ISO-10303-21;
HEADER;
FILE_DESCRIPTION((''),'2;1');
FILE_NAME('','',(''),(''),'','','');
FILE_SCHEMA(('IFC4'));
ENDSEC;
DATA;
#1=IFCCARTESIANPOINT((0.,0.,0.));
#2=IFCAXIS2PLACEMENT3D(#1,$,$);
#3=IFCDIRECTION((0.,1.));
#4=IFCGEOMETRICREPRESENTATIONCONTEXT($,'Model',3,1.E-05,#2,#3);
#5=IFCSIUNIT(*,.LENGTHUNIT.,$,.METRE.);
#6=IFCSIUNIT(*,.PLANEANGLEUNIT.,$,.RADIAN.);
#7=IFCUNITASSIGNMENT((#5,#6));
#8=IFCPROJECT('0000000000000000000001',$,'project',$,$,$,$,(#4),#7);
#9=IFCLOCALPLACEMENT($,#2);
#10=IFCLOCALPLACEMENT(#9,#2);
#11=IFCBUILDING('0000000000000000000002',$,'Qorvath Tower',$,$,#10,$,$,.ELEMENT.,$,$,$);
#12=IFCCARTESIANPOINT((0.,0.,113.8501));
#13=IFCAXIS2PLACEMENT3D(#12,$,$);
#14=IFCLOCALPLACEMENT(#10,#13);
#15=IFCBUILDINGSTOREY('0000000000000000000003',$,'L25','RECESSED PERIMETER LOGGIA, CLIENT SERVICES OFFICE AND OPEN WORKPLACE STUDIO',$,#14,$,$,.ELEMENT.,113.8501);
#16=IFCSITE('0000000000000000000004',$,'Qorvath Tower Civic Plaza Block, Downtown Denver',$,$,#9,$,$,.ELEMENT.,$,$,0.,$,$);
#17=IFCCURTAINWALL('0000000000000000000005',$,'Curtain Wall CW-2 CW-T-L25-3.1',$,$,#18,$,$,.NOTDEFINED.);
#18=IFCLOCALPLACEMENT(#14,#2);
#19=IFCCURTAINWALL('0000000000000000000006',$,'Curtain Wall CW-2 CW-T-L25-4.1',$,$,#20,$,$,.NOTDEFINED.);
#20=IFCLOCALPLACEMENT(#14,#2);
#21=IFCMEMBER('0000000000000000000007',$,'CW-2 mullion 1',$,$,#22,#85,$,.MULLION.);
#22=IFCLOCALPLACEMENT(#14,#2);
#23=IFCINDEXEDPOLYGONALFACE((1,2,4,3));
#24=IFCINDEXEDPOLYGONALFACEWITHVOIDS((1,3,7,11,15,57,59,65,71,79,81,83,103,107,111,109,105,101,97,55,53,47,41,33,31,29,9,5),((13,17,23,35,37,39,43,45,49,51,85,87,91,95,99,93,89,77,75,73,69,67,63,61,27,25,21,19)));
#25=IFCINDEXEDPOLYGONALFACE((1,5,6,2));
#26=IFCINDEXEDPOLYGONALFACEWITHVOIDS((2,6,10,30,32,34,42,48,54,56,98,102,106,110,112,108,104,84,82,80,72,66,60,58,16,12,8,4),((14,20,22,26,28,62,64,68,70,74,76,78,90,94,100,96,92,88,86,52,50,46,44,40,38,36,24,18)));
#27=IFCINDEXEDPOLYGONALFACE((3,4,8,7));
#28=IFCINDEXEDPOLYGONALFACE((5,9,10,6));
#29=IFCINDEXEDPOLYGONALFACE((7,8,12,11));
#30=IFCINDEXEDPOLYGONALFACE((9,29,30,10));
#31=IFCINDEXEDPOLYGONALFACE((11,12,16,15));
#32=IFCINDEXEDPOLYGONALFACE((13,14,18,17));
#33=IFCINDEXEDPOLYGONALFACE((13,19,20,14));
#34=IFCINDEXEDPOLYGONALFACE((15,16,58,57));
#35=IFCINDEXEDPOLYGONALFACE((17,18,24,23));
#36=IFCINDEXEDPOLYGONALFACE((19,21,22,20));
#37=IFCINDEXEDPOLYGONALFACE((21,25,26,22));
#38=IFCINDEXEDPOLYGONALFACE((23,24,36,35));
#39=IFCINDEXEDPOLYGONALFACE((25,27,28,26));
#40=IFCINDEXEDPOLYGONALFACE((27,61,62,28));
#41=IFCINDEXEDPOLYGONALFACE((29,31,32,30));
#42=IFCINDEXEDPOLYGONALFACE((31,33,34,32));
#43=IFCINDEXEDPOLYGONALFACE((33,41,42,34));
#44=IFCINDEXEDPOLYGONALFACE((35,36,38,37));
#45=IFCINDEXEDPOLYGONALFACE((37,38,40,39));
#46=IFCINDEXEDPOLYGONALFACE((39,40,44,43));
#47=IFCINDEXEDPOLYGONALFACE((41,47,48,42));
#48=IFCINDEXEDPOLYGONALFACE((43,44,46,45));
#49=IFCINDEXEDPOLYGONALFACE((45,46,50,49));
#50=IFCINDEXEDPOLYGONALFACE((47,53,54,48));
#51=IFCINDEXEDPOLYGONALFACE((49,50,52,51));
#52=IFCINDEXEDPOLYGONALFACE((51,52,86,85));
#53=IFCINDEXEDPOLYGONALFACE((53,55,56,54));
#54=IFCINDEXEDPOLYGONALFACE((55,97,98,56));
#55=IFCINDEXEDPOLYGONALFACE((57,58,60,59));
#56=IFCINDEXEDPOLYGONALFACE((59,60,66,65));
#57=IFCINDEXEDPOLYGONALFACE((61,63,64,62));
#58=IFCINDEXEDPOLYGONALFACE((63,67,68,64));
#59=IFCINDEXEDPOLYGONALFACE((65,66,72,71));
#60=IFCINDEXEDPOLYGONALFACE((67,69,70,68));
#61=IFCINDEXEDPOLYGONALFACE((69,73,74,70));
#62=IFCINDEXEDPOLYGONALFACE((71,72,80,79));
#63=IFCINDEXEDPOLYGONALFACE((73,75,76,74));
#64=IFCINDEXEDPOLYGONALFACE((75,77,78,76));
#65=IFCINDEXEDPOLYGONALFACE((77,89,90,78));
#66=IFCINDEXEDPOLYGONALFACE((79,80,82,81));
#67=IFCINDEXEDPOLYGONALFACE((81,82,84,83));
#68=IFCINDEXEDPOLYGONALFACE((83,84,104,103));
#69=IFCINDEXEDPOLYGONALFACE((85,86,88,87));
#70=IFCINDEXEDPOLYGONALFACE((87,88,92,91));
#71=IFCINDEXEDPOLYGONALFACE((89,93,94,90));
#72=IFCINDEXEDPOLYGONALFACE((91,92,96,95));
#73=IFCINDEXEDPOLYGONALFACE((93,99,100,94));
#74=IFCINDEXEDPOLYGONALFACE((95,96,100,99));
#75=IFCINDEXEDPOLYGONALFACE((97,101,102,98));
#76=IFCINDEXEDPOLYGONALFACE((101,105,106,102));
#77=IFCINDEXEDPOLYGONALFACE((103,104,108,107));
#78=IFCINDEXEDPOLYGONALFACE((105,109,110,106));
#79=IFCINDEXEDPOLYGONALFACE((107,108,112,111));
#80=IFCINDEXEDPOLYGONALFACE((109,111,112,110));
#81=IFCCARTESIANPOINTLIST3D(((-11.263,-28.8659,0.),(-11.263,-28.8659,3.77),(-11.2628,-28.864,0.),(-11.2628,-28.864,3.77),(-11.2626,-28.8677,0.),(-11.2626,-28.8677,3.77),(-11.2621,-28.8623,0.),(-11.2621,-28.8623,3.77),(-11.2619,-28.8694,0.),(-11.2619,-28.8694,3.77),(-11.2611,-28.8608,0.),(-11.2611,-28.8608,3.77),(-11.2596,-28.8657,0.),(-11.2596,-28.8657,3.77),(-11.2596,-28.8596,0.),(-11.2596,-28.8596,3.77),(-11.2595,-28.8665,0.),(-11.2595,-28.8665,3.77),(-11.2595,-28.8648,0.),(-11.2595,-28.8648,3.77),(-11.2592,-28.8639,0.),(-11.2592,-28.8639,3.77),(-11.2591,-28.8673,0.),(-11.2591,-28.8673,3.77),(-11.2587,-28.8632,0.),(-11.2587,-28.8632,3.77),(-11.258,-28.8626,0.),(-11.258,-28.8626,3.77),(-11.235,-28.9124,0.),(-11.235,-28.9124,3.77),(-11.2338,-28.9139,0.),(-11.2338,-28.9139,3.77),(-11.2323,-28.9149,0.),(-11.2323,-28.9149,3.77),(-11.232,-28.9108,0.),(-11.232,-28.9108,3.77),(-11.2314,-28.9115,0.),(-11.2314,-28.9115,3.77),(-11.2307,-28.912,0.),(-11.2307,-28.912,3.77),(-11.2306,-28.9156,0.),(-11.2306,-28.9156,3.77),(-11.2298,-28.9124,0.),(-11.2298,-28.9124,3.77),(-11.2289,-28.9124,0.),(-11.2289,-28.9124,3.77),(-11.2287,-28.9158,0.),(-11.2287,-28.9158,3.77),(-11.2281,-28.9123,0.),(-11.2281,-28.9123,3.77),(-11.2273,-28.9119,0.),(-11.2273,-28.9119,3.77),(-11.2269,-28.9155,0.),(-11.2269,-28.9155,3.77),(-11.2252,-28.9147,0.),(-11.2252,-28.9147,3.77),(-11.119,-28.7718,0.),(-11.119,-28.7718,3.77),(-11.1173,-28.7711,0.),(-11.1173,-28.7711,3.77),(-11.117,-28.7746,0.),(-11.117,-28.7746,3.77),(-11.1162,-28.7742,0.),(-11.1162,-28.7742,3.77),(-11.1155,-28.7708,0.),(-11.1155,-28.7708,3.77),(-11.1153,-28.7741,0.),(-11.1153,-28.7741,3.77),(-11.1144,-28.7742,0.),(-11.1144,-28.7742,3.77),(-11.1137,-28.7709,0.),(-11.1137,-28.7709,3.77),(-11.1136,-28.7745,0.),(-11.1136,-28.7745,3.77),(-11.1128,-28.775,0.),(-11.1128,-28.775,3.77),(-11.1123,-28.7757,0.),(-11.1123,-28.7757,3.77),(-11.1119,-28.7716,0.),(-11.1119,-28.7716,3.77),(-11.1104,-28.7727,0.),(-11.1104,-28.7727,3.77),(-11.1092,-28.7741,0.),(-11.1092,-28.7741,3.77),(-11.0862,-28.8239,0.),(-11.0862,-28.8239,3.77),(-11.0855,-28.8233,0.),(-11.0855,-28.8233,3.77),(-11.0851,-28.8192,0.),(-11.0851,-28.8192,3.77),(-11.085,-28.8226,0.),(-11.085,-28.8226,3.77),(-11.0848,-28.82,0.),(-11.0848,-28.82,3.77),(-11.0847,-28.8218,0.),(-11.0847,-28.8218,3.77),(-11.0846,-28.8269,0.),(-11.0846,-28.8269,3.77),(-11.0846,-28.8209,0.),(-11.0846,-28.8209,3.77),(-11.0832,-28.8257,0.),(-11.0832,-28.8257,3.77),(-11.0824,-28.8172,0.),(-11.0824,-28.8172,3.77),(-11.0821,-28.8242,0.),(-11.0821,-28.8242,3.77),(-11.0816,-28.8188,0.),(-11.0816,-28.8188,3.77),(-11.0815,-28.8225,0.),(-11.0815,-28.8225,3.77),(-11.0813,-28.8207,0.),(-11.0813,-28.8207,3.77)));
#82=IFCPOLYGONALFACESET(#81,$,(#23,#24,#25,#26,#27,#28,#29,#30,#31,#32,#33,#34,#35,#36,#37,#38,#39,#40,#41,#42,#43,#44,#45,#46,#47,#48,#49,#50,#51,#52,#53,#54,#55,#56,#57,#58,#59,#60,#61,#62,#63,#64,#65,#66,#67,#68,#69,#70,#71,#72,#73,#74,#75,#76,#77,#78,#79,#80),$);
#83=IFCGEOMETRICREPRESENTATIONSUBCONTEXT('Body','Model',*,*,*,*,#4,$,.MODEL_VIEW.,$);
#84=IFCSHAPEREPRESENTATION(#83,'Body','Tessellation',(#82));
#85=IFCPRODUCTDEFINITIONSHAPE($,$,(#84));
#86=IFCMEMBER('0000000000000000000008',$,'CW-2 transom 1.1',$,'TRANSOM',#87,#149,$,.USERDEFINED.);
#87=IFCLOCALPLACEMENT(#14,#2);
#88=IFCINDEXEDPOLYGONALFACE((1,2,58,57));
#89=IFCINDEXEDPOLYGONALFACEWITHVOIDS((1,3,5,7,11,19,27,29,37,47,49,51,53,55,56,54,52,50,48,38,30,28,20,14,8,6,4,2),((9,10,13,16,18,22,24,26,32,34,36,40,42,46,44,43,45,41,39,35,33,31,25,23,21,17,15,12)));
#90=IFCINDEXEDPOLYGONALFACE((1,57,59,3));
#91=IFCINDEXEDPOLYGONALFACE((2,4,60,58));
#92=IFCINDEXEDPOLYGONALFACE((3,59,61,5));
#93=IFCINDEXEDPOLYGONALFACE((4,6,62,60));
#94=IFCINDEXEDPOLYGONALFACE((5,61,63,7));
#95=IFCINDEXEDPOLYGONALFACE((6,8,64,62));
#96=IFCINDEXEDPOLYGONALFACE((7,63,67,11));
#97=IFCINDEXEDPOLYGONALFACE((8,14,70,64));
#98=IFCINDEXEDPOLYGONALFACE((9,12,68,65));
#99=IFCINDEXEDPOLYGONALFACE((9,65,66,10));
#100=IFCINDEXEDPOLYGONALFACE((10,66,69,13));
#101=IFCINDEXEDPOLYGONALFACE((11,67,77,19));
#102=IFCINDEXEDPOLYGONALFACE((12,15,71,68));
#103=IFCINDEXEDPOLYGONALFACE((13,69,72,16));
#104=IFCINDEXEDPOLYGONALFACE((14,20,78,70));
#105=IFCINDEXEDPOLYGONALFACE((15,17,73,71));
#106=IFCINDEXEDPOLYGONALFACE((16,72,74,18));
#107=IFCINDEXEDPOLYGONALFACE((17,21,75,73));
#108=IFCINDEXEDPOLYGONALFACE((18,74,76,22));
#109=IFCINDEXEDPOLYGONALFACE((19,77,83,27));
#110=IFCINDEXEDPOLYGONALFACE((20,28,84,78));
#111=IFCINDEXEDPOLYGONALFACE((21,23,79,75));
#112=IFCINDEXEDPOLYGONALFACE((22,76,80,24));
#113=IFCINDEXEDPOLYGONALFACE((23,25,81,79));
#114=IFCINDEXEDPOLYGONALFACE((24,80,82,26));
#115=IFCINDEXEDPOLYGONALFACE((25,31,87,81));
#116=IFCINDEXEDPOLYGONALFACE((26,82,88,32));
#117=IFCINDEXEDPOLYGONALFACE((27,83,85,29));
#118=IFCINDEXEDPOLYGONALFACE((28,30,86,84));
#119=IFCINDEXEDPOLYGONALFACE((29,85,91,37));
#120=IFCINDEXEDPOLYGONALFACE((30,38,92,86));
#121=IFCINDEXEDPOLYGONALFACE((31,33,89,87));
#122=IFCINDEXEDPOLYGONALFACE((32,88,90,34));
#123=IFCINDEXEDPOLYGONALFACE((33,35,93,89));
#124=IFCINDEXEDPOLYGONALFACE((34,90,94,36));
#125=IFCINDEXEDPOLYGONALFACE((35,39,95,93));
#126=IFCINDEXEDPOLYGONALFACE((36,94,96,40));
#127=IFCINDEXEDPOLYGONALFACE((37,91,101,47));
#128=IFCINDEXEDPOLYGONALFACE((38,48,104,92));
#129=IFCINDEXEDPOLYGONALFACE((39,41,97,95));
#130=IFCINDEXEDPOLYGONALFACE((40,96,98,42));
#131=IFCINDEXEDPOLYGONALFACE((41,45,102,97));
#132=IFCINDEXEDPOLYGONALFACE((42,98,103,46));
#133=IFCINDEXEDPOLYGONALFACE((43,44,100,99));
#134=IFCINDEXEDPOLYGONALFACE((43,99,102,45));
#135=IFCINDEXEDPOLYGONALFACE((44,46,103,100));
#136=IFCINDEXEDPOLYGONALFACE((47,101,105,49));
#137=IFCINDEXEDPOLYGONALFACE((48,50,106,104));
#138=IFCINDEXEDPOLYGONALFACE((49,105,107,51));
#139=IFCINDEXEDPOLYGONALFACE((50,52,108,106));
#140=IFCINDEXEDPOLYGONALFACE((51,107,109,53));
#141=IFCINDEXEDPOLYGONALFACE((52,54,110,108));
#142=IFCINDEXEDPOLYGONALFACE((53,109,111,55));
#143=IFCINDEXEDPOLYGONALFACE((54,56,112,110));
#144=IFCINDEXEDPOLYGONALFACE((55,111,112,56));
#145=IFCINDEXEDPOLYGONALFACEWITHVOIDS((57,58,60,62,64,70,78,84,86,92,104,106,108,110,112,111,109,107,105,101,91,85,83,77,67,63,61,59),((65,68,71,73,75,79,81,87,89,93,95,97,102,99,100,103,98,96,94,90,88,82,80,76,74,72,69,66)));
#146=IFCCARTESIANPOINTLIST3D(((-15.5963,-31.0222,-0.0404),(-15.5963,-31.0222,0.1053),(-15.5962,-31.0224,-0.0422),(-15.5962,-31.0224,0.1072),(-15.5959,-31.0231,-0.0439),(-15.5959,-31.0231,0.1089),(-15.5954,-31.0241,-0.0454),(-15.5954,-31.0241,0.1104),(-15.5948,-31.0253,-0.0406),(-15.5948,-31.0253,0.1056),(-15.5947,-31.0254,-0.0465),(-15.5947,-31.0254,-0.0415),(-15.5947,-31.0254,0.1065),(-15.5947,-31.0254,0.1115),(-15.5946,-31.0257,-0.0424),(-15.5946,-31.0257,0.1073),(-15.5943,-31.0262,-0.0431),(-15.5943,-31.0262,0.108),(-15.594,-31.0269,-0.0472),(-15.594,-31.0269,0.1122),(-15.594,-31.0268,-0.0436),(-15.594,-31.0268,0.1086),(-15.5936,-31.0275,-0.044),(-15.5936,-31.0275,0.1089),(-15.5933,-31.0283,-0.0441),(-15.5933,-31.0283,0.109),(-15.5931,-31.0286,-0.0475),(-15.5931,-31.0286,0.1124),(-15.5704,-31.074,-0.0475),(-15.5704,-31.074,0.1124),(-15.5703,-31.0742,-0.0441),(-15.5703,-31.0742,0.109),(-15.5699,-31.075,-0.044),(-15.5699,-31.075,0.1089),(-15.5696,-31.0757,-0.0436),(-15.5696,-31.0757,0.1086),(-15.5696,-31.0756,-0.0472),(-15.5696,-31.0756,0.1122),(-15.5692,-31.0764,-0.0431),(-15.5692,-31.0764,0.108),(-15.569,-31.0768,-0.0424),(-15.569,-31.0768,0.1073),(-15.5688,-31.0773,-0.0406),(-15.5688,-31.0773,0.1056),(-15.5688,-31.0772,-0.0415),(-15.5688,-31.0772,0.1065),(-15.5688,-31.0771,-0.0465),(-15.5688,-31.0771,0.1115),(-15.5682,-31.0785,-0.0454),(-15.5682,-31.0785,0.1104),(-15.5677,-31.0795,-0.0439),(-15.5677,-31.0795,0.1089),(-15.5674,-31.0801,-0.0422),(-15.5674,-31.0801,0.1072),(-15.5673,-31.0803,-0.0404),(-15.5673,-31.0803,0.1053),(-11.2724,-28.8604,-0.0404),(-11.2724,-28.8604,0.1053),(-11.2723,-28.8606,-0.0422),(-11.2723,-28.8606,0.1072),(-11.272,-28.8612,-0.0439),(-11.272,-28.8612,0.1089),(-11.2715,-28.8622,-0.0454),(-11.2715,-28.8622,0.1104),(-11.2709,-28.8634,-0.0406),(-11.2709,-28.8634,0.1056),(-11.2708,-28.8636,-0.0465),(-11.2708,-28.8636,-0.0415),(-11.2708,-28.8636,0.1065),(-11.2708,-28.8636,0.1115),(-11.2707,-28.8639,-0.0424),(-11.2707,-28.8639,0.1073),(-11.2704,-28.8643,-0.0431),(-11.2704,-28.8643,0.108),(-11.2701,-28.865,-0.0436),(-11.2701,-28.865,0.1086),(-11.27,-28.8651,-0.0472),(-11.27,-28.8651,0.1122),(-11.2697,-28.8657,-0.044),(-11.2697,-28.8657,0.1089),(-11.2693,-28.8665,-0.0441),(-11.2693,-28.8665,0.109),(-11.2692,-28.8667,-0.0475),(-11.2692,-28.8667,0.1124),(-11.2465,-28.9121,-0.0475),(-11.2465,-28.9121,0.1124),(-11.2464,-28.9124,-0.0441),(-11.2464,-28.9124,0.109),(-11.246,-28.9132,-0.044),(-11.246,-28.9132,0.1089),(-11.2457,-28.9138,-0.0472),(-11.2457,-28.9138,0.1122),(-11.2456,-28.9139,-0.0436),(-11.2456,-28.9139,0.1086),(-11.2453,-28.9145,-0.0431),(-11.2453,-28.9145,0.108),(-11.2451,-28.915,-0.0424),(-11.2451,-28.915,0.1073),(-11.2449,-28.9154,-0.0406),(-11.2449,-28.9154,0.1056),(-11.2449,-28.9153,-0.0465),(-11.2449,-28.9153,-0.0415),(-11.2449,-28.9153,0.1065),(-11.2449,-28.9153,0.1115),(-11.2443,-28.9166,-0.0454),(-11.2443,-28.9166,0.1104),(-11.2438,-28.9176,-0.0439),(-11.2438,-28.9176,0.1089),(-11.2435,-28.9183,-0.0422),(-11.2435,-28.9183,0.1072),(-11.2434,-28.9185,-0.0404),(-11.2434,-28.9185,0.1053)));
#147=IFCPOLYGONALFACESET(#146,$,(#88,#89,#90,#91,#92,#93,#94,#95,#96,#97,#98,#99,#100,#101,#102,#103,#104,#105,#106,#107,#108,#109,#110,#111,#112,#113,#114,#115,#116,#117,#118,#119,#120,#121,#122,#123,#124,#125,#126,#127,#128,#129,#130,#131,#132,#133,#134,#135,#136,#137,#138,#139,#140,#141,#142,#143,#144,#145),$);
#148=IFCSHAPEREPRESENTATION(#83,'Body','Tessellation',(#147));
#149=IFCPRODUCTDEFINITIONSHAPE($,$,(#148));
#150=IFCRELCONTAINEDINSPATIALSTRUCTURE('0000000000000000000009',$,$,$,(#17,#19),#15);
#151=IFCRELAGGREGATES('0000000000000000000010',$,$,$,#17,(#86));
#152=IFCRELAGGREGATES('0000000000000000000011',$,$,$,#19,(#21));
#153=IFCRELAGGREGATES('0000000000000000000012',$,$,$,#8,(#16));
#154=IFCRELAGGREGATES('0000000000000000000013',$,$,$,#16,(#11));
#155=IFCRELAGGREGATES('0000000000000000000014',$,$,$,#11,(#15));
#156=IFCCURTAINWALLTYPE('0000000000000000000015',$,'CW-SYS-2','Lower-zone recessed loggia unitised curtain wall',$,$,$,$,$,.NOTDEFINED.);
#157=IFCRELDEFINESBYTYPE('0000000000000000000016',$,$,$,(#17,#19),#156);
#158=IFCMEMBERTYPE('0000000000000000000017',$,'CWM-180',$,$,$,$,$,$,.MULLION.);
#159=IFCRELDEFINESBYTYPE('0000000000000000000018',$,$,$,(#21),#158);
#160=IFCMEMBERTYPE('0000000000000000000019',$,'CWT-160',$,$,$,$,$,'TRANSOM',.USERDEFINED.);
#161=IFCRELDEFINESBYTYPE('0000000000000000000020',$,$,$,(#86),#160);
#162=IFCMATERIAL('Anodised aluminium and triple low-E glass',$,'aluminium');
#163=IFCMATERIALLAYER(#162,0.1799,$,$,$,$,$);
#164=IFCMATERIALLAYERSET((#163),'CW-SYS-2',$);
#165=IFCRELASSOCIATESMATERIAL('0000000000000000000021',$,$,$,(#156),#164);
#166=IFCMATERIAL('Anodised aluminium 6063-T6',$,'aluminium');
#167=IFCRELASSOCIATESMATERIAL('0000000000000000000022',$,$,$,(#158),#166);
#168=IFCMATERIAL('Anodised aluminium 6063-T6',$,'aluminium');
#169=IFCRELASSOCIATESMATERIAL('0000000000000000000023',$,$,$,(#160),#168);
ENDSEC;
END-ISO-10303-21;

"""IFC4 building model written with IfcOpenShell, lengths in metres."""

from ifc_helpers import new_model, si_unit, direction, frame, origin, origin_2d, place, context, subcontext, project, spatial, hollow_rectangle, extrude, material, layer, layer_set, material_profile, profile_set, type_object, element, aggregate, save


model = new_model("IFC4")

# Units and contexts
model_context = context("Model", 3, precision=1e-05, world=origin(), true_north=direction((0.0, 1.0)))
body_context = subcontext(model_context, "Body", "Model", "MODEL_VIEW")
ifc_project = project(units=[si_unit("LENGTHUNIT", "METRE"), si_unit("PLANEANGLEUNIT", "RADIAN")], contexts=[model_context])

# Site, building, storey
site_placement = place(None, origin())
site = spatial("IfcSite", under=ifc_project, at=site_placement, Name="Qorvath Tower Civic Plaza Block, Downtown Denver", CompositionType="ELEMENT", RefElevation=0.0)
building_placement = place(site_placement, origin())
building = spatial("IfcBuilding", under=site, at=building_placement, Name="Qorvath Tower", CompositionType="ELEMENT")
storey_placement = place(building_placement, frame((0.0, 0.0, 113.8501)))
storey = spatial("IfcBuildingStorey", under=building, at=storey_placement, Name="L25", Description="RECESSED PERIMETER LOGGIA, CLIENT SERVICES OFFICE AND OPEN WORKPLACE STUDIO", CompositionType="ELEMENT", Elevation=113.8501)

# Shared definitions
ifc_material_1 = material(Name="Anodised aluminium and triple low-E glass", Category="aluminium")
ifc_layer_1 = layer(ifc_material_1, 0.1799)
ifc_layer_set_1 = layer_set([ifc_layer_1], Name="CW-SYS-2")
curtain_wall_type = type_object("IfcCurtainWallType", Name="CW-SYS-2", Description="Lower-zone recessed loggia unitised curtain wall", PredefinedType="NOTDEFINED", material=ifc_layer_set_1)
ifc_material_2 = material(Name="Anodised aluminium 6063-T6", Category="aluminium")
ifc_material_profile_1 = material_profile(ifc_material_2, hollow_rectangle(XDim=0.0649, YDim=0.1799, WallThickness=0.0034, InnerFilletRadius=0.0034, OuterFilletRadius=0.0071, at=origin_2d()), Name="CWM 180x65")
ifc_profile_set_1 = profile_set([ifc_material_profile_1], Name="Anodised aluminium 6063-T6")
member_type_1 = type_object("IfcMemberType", Name="CWM-180", PredefinedType="MULLION", material=ifc_profile_set_1)

# Curtain wall
curtain_wall_1_placement = place(storey_placement, origin())
curtain_wall_1 = element("IfcCurtainWall", 1, at=curtain_wall_1_placement, inside=storey, type_object=curtain_wall_type, Name="Curtain Wall CW-2 CW-T-L25-3.1", PredefinedType="NOTDEFINED")

# Curtain wall, member
curtain_wall_2_placement = place(storey_placement, origin())
curtain_wall_2 = element("IfcCurtainWall", 2, at=curtain_wall_2_placement, inside=storey, type_object=curtain_wall_type, Name="Curtain Wall CW-2 CW-T-L25-4.1", PredefinedType="NOTDEFINED")
member_1_placement = place(storey_placement, frame((-11.1721, -28.8433, 0.0), z_axis=(0.0, 0.0, 1.0), x_axis=(-0.529549, 0.84828, 0.0)))
member_1 = element("IfcMember", 3, at=member_1_placement, type_object=member_type_1, Name="CW-2 mullion 1", PredefinedType="MULLION", context=body_context, shape_type="SweptSolid", body=[
    extrude(hollow_rectangle(XDim=0.0649, YDim=0.1799, WallThickness=0.0034, InnerFilletRadius=0.0034, OuterFilletRadius=0.0071, at=origin_2d()), origin(), (0.0, 0.0, 1.0), 3.77),
])

# Member
ifc_material_3 = material(Name="Anodised aluminium 6063-T6", Category="aluminium")
ifc_material_profile_2 = material_profile(ifc_material_3, hollow_rectangle(XDim=0.0649, YDim=0.1599, WallThickness=0.0034, InnerFilletRadius=0.0034, OuterFilletRadius=0.0071, at=origin_2d()), Name="CWT 160x65")
ifc_profile_set_2 = profile_set([ifc_material_profile_2], Name="Anodised aluminium 6063-T6")
member_type_2 = type_object("IfcMemberType", Name="CWT-160", ElementType="TRANSOM", PredefinedType="USERDEFINED", material=ifc_profile_set_2)
member_2_placement = place(storey_placement, frame((-15.5818, -31.0513, 0.0325), z_axis=(0.894437, 0.447193, 0.0), x_axis=(-0.447193, 0.894437, 0.0)))
member_2 = element("IfcMember", 4, at=member_2_placement, type_object=member_type_2, Name="CW-2 transom 1.1", ObjectType="TRANSOM", PredefinedType="USERDEFINED", context=body_context, shape_type="SweptSolid", body=[
    extrude(hollow_rectangle(XDim=0.0649, YDim=0.1599, WallThickness=0.0034, InnerFilletRadius=0.0034, OuterFilletRadius=0.0071, at=origin_2d()), origin(), (0.0, 0.0, 1.0), 4.8342),
])

aggregate(curtain_wall_1, [member_2])
aggregate(curtain_wall_2, [member_1])

save(model, "model.ifc")
